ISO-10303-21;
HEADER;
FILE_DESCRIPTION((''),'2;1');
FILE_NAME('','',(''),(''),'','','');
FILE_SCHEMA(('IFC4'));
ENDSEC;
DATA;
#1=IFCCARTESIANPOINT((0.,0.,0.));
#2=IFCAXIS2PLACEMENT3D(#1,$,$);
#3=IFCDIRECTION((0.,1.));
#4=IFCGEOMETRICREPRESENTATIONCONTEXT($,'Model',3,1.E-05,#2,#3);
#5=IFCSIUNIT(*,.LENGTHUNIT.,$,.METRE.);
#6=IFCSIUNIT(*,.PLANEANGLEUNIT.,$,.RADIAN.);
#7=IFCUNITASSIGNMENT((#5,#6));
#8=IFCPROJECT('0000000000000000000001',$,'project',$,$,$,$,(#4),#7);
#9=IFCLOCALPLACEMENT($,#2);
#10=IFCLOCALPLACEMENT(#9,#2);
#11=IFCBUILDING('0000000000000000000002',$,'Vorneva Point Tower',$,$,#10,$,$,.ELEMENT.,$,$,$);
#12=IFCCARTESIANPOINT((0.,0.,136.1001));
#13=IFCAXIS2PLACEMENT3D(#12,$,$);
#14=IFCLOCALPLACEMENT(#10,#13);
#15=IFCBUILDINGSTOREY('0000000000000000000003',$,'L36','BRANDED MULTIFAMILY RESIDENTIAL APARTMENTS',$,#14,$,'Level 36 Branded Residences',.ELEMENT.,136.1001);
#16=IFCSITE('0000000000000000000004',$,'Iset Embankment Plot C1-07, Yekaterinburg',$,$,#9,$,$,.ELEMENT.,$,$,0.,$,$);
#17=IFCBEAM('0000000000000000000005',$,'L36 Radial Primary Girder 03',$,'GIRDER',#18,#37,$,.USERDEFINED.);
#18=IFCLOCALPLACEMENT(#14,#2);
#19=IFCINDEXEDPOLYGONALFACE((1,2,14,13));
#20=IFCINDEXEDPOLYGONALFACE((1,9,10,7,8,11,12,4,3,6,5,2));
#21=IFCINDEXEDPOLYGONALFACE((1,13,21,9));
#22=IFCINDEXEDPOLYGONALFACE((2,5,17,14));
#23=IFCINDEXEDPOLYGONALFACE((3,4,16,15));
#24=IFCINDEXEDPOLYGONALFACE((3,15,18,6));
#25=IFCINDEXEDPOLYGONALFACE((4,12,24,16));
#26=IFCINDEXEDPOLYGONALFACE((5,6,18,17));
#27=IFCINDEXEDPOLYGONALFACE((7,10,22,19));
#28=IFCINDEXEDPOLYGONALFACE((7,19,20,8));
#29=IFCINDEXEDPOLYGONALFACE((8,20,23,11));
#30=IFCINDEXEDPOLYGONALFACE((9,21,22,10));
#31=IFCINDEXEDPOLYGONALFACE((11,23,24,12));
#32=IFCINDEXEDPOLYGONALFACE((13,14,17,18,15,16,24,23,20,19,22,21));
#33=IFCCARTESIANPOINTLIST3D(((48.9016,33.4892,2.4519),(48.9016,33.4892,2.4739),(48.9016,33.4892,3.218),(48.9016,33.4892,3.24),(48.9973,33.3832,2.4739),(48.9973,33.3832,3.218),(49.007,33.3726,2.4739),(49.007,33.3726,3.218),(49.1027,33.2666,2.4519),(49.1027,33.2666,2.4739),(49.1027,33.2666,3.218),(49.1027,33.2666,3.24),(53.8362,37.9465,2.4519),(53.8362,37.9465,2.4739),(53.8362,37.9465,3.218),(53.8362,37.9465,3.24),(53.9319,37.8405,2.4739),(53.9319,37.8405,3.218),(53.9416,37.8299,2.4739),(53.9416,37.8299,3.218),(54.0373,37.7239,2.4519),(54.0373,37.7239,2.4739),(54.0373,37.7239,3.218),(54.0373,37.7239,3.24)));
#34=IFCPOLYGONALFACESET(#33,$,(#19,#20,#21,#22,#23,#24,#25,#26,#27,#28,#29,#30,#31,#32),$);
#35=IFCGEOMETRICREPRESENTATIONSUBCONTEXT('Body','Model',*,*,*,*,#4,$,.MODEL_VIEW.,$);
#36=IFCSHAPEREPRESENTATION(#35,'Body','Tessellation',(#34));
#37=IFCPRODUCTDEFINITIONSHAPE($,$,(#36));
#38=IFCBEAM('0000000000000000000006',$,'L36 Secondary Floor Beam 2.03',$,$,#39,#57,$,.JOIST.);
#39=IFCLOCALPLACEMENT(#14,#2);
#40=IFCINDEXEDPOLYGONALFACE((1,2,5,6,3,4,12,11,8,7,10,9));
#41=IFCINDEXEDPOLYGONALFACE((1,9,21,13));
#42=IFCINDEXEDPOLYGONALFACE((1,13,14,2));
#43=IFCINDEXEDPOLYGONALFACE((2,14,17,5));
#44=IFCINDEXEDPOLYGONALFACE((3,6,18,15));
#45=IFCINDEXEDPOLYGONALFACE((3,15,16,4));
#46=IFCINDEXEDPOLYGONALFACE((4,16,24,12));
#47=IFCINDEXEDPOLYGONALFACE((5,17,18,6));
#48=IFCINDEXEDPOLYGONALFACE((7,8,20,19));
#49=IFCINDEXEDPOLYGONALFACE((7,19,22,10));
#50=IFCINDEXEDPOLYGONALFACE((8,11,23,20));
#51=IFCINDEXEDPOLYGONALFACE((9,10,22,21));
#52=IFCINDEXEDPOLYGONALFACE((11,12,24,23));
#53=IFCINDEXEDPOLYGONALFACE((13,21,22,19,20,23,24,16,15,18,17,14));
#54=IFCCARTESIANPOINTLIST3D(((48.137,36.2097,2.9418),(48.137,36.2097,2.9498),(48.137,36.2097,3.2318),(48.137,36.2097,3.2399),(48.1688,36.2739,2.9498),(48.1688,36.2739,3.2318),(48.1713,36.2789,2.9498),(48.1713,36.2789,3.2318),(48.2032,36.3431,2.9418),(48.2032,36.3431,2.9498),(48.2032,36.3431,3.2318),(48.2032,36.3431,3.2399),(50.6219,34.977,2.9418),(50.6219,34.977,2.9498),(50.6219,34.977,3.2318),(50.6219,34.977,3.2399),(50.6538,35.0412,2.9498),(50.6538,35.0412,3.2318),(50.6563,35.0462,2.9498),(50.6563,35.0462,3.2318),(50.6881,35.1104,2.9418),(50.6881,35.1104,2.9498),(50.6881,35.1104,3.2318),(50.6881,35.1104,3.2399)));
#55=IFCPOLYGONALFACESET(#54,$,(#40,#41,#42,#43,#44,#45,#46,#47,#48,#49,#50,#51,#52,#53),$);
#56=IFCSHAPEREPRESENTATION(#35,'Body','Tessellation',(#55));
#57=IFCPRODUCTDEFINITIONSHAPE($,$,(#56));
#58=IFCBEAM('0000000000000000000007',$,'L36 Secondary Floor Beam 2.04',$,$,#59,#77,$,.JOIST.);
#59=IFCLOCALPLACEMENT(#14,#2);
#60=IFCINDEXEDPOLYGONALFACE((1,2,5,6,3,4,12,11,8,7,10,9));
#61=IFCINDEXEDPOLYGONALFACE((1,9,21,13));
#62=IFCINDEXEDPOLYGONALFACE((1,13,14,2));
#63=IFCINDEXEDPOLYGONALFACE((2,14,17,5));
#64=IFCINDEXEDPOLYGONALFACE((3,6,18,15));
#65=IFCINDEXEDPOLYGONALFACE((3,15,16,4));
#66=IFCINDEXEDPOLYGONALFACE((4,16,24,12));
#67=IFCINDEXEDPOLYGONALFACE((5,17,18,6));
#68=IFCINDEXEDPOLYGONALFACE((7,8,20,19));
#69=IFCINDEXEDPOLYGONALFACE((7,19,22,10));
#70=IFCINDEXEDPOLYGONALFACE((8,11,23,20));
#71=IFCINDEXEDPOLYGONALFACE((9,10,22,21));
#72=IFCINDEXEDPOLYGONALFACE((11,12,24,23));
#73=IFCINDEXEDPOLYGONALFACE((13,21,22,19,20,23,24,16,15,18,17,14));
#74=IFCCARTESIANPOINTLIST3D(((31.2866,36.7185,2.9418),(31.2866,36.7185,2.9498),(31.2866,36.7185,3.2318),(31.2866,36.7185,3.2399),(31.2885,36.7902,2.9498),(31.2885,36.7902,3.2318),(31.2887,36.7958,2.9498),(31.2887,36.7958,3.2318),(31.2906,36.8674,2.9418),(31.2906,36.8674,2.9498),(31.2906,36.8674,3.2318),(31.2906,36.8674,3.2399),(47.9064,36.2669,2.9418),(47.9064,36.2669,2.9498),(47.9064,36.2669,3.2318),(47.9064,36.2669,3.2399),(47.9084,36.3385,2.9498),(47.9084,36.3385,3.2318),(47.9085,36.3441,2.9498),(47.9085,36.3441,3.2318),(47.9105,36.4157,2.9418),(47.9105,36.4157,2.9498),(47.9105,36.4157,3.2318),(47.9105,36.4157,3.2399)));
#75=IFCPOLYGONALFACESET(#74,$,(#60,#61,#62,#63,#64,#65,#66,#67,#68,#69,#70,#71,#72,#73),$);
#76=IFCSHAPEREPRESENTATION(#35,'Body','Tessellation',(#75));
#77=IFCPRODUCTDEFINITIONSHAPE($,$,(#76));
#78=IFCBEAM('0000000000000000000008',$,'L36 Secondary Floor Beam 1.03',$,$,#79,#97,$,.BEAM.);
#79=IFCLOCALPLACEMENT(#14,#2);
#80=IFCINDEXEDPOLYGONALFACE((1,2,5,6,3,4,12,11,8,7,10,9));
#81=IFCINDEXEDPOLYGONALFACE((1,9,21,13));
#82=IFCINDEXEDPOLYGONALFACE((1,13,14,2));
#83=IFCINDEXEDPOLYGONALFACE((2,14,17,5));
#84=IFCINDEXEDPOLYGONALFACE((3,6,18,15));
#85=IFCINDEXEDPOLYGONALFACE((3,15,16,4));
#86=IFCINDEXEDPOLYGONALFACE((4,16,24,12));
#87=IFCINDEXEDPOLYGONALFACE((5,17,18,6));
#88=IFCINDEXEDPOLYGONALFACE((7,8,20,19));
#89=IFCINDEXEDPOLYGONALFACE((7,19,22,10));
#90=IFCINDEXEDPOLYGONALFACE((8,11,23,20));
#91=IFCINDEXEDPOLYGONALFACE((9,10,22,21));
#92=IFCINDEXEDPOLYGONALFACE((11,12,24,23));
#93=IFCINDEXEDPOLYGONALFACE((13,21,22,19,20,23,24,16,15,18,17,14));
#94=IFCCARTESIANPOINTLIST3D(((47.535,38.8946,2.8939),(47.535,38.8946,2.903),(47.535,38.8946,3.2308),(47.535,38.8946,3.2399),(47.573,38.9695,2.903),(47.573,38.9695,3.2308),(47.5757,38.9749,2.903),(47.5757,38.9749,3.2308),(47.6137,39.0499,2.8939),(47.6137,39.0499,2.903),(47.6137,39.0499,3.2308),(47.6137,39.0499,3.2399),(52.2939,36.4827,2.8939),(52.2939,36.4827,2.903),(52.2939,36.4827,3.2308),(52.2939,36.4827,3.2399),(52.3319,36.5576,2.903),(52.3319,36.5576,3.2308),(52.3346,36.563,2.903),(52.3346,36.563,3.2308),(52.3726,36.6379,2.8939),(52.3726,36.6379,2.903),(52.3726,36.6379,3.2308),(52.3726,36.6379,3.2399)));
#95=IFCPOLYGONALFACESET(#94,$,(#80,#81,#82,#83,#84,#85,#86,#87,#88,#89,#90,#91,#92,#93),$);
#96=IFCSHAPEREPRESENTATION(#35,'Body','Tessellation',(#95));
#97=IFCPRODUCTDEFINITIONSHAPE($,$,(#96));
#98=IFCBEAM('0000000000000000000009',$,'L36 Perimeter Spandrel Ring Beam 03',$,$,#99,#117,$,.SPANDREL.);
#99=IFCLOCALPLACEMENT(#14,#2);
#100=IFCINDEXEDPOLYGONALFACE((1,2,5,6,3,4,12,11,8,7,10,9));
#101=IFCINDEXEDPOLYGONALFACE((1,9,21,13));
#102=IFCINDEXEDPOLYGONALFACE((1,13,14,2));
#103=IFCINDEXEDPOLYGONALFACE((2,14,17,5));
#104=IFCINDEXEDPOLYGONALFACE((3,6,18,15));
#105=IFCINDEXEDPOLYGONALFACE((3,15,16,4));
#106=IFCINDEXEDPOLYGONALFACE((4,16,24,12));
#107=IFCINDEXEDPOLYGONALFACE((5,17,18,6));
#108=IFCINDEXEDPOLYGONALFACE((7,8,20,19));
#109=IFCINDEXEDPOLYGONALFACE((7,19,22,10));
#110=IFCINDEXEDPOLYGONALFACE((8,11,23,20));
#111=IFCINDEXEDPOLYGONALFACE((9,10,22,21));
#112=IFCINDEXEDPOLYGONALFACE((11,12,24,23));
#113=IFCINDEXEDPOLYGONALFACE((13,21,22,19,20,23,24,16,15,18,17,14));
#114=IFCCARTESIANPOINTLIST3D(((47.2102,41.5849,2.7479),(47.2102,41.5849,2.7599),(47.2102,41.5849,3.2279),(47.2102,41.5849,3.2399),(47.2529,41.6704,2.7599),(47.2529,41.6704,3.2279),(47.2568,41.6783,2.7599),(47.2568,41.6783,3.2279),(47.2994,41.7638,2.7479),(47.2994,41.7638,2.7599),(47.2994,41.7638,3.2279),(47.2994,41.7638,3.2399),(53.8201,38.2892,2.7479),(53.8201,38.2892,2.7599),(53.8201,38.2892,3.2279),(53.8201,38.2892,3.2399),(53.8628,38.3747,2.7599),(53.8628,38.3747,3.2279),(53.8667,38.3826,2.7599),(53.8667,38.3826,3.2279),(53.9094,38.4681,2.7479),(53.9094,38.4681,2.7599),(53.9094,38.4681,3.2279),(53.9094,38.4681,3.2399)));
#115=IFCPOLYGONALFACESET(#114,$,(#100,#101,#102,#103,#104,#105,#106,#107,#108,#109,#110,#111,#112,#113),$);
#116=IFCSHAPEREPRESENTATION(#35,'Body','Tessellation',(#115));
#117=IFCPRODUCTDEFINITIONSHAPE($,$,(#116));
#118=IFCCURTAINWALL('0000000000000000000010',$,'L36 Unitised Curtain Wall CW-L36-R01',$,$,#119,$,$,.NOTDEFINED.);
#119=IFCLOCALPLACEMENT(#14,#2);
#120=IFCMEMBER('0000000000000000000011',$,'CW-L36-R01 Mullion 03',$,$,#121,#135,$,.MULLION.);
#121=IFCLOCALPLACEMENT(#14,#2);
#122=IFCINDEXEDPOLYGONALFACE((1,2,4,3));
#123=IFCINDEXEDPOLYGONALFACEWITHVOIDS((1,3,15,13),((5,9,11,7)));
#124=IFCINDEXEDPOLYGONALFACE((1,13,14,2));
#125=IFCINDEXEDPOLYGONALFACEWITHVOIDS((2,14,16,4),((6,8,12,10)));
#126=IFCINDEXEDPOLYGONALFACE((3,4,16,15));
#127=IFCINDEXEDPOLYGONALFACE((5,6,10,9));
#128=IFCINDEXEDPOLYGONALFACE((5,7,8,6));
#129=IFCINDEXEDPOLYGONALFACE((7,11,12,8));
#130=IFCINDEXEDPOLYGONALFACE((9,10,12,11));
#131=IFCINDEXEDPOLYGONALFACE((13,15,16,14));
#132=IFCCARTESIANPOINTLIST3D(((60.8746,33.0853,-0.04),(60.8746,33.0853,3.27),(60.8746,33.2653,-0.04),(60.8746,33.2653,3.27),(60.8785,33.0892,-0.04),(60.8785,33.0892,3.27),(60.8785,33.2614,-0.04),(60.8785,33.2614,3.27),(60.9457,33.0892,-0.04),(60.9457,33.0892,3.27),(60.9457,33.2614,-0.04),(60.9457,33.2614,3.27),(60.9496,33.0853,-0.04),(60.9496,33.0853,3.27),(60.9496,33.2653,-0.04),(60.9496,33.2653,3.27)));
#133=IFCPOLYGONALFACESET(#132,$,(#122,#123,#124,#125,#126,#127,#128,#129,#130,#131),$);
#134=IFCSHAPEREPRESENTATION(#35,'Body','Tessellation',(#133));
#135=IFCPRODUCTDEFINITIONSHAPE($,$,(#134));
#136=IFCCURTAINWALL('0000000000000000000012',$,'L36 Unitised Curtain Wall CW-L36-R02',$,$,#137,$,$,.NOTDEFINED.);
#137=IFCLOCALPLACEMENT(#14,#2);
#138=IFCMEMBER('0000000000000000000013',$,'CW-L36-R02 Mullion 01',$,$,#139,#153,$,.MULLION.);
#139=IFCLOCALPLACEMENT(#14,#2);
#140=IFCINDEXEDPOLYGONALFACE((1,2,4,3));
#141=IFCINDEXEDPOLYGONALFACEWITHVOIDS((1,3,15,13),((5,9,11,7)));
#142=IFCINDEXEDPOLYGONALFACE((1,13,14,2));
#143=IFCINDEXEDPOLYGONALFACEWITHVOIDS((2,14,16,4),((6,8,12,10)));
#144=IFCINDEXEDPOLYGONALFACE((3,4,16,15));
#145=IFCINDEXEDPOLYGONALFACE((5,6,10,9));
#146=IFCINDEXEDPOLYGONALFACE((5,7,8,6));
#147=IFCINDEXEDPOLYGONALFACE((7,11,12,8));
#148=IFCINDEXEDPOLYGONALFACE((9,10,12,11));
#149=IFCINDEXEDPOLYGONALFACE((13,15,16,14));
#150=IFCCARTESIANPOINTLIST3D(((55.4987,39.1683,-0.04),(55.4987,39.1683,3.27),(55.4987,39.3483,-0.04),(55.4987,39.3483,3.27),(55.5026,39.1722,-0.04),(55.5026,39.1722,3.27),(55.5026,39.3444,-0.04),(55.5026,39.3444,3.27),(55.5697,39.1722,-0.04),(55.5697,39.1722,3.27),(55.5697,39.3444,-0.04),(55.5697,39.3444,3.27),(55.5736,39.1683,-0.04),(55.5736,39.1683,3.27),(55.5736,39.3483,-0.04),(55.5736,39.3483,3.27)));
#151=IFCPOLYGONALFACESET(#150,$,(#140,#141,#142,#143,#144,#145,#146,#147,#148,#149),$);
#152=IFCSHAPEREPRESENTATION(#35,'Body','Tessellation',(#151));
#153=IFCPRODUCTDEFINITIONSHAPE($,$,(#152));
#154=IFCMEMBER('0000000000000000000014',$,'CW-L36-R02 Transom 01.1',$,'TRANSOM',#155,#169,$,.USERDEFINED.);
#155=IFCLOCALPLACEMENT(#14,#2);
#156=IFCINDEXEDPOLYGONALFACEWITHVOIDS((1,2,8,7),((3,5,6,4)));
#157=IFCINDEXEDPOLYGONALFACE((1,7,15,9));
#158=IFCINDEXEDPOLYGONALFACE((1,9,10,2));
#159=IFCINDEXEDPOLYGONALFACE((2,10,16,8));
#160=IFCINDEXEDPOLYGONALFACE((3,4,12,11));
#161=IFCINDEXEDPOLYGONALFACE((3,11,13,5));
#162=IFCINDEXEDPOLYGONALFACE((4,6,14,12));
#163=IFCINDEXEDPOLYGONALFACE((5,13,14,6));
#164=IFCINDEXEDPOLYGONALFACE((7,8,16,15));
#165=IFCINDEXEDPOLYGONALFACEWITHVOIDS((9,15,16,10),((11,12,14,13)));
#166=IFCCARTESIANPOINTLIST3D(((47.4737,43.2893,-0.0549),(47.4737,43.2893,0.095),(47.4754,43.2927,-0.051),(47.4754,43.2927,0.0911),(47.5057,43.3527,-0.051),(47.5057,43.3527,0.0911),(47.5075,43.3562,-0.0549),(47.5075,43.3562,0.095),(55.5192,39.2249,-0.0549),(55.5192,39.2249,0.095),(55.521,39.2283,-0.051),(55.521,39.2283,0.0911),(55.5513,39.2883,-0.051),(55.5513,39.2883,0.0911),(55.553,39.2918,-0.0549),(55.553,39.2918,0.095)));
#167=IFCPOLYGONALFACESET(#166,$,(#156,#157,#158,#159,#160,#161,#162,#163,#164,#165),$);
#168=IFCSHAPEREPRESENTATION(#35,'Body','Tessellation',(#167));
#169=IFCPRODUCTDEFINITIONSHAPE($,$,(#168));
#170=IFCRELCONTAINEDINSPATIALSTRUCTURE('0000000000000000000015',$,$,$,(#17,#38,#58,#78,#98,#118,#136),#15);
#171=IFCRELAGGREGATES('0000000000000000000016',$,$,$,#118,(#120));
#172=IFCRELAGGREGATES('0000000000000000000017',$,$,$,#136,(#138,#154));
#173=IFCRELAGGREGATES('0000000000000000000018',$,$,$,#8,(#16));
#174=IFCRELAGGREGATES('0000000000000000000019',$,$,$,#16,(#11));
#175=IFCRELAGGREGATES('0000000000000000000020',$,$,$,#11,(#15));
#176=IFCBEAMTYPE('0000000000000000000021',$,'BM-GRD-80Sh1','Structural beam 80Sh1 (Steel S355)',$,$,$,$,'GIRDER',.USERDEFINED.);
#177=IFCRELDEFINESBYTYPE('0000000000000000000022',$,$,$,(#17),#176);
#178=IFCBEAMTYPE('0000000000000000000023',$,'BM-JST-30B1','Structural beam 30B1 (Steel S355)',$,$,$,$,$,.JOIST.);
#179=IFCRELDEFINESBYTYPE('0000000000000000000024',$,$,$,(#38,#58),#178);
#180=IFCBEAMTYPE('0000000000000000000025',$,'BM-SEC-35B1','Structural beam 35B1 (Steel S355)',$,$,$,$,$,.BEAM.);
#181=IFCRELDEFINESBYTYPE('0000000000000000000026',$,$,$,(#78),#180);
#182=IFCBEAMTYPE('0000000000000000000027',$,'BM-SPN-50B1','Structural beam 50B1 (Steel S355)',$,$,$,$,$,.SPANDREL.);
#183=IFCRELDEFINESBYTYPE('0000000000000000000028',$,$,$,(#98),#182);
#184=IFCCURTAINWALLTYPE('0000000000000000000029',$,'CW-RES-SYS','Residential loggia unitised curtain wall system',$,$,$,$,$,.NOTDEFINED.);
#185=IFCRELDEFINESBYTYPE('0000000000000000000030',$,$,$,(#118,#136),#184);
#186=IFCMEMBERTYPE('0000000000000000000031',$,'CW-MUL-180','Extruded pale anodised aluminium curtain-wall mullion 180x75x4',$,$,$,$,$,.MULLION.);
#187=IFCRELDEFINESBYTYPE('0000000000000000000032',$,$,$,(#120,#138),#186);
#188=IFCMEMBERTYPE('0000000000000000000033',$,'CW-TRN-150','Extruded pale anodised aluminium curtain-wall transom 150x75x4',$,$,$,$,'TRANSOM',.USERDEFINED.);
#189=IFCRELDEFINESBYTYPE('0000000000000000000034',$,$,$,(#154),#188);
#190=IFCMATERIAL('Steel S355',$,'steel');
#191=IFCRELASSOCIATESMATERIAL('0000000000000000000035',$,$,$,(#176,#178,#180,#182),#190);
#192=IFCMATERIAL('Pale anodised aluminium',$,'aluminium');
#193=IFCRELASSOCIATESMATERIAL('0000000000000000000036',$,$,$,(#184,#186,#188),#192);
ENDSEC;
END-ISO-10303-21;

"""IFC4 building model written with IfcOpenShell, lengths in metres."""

from ifc_helpers import new_model, si_unit, direction, frame, origin, origin_2d, place, context, subcontext, project, spatial, hollow_rectangle, i_section, extrude, material, material_profile, profile_set, type_object, element, aggregate, save


model = new_model("IFC4")

# Units and contexts
model_context = context("Model", 3, precision=1e-05, world=origin(), true_north=direction((0.0, 1.0)))
body_context = subcontext(model_context, "Body", "Model", "MODEL_VIEW")
ifc_project = project(units=[si_unit("LENGTHUNIT", "METRE"), si_unit("PLANEANGLEUNIT", "RADIAN")], contexts=[model_context])

# Site, building, storey
site_placement = place(None, origin())
site = spatial("IfcSite", under=ifc_project, at=site_placement, Name="Iset Embankment Plot C1-07, Yekaterinburg", CompositionType="ELEMENT", RefElevation=0.0)
building_placement = place(site_placement, origin())
building = spatial("IfcBuilding", under=site, at=building_placement, Name="Vorneva Point Tower", CompositionType="ELEMENT")
storey_placement = place(building_placement, frame((0.0, 0.0, 136.1001)))
storey = spatial("IfcBuildingStorey", under=building, at=storey_placement, Name="L36", Description="BRANDED MULTIFAMILY RESIDENTIAL APARTMENTS", LongName="Level 36 Branded Residences", CompositionType="ELEMENT", Elevation=136.1001)

# Beams
ifc_material_1 = material(Name="Steel S355", Category="steel")
ifc_material_profile_1 = material_profile(ifc_material_1, i_section(OverallWidth=0.3, OverallDepth=0.7881, WebThickness=0.0144, FlangeThickness=0.022, at=origin_2d()), Name="80Sh1")
ifc_profile_set_1 = profile_set([ifc_material_profile_1], Name="Steel S355")
beam_type_1 = type_object("IfcBeamType", Name="BM-GRD-80Sh1", Description="Structural beam 80Sh1 (Steel S355)", ElementType="GIRDER", PredefinedType="USERDEFINED", material=ifc_profile_set_1)
beam_1_placement = place(storey_placement, frame((53.9368, 37.8352, 2.8459), z_axis=(-0.742084, -0.670306, 0.0), x_axis=(0.670306, -0.742084, 0.0)))
element("IfcBeam", 1, at=beam_1_placement, inside=storey, type_object=beam_type_1, Name="L36 Radial Primary Girder 03", ObjectType="GIRDER", PredefinedType="USERDEFINED", context=body_context, shape_type="SweptSolid", body=[
    extrude(i_section(OverallWidth=0.3, OverallDepth=0.7881, WebThickness=0.0144, FlangeThickness=0.022, at=origin_2d()), origin(), (0.0, 0.0, 1.0), 6.6497),
])
ifc_material_profile_2 = material_profile(ifc_material_1, i_section(OverallWidth=0.1489, OverallDepth=0.2981, WebThickness=0.0056, FlangeThickness=0.0081, at=origin_2d()), Name="30B1")
ifc_profile_set_2 = profile_set([ifc_material_profile_2], Name="Steel S355")
beam_type_2 = type_object("IfcBeamType", Name="BM-JST-30B1", Description="Structural beam 30B1 (Steel S355)", PredefinedType="JOIST", material=ifc_profile_set_2)
beam_2_placement = place(storey_placement, frame((50.655, 35.0437, 3.0908), z_axis=(-0.895831, 0.444395, 0.0), x_axis=(-0.444395, -0.895831, 0.0)))
element("IfcBeam", 2, at=beam_2_placement, inside=storey, type_object=beam_type_2, Name="L36 Secondary Floor Beam 2.03", PredefinedType="JOIST", context=body_context, shape_type="SweptSolid", body=[
    extrude(i_section(OverallWidth=0.1489, OverallDepth=0.2981, WebThickness=0.0056, FlangeThickness=0.0081, at=origin_2d()), origin(), (0.0, 0.0, 1.0), 2.7739),
])
beam_3_placement = place(storey_placement, frame((47.9084, 36.3413, 3.0908), z_axis=(-0.999631, 0.027166, 0.0), x_axis=(-0.027166, -0.999631, 0.0)))
element("IfcBeam", 3, at=beam_3_placement, inside=storey, type_object=beam_type_2, Name="L36 Secondary Floor Beam 2.04", PredefinedType="JOIST", context=body_context, shape_type="SweptSolid", body=[
    extrude(i_section(OverallWidth=0.1489, OverallDepth=0.2981, WebThickness=0.0056, FlangeThickness=0.0081, at=origin_2d()), origin(), (0.0, 0.0, 1.0), 16.626),
])
ifc_material_profile_3 = material_profile(ifc_material_1, i_section(OverallWidth=0.1741, OverallDepth=0.3459, WebThickness=0.0061, FlangeThickness=0.009, at=origin_2d()), Name="35B1")
ifc_profile_set_3 = profile_set([ifc_material_profile_3], Name="Steel S355")
beam_type_3 = type_object("IfcBeamType", Name="BM-SEC-35B1", Description="Structural beam 35B1 (Steel S355)", PredefinedType="BEAM", material=ifc_profile_set_3)
beam_4_placement = place(storey_placement, frame((52.3333, 36.5603, 3.0669), z_axis=(-0.891979, 0.452076, 0.0), x_axis=(-0.452076, -0.891979, 0.0)))
element("IfcBeam", 4, at=beam_4_placement, inside=storey, type_object=beam_type_3, Name="L36 Secondary Floor Beam 1.03", PredefinedType="BEAM", context=body_context, shape_type="SweptSolid", body=[
    extrude(i_section(OverallWidth=0.1741, OverallDepth=0.3459, WebThickness=0.0061, FlangeThickness=0.009, at=origin_2d()), origin(), (0.0, 0.0, 1.0), 5.3352),
])
ifc_material_profile_4 = material_profile(ifc_material_1, i_section(OverallWidth=0.2, OverallDepth=0.4919, WebThickness=0.0088, FlangeThickness=0.012, at=origin_2d()), Name="50B1")
ifc_profile_set_4 = profile_set([ifc_material_profile_4], Name="Steel S355")
beam_type_4 = type_object("IfcBeamType", Name="BM-SPN-50B1", Description="Structural beam 50B1 (Steel S355)", PredefinedType="SPANDREL", material=ifc_profile_set_4)
beam_5_placement = place(storey_placement, frame((53.8647, 38.3787, 2.9939), z_axis=(-0.894929, 0.446208, 0.0), x_axis=(-0.446208, -0.894929, 0.0)))
element("IfcBeam", 5, at=beam_5_placement, inside=storey, type_object=beam_type_4, Name="L36 Perimeter Spandrel Ring Beam 03", PredefinedType="SPANDREL", context=body_context, shape_type="SweptSolid", body=[
    extrude(i_section(OverallWidth=0.2, OverallDepth=0.4919, WebThickness=0.0088, FlangeThickness=0.012, at=origin_2d()), origin(), (0.0, 0.0, 1.0), 7.386),
])

# Curtain wall, member
ifc_material_2 = material(Name="Pale anodised aluminium", Category="aluminium")
curtain_wall_type = type_object("IfcCurtainWallType", Name="CW-RES-SYS", Description="Residential loggia unitised curtain wall system", PredefinedType="NOTDEFINED", material=ifc_material_2)
curtain_wall_1_placement = place(storey_placement, origin())
curtain_wall_1 = element("IfcCurtainWall", 6, at=curtain_wall_1_placement, inside=storey, type_object=curtain_wall_type, Name="L36 Unitised Curtain Wall CW-L36-R01", PredefinedType="NOTDEFINED")
ifc_material_profile_5 = material_profile(ifc_material_2, hollow_rectangle(XDim=0.075, YDim=0.1799, WallThickness=0.0039, at=origin_2d()), Name="AL-MUL 180x75x4")
ifc_profile_set_5 = profile_set([ifc_material_profile_5], Name="Pale anodised aluminium")
member_type_1 = type_object("IfcMemberType", Name="CW-MUL-180", Description="Extruded pale anodised aluminium curtain-wall mullion 180x75x4", PredefinedType="MULLION", material=ifc_profile_set_5)
member_1_placement = place(storey_placement, frame((60.9121, 33.1753, -0.04), z_axis=(0.0, 0.0, 1.0), x_axis=(1.0, 0.0, 0.0)))
member_1 = element("IfcMember", 7, at=member_1_placement, type_object=member_type_1, Name="CW-L36-R01 Mullion 03", PredefinedType="MULLION", context=body_context, shape_type="SweptSolid", body=[
    extrude(hollow_rectangle(XDim=0.075, YDim=0.1799, WallThickness=0.0039, at=origin_2d()), origin(), (0.0, 0.0, 1.0), 3.3101),
])
aggregate(curtain_wall_1, [member_1])

# Curtain wall, members
curtain_wall_2_placement = place(storey_placement, origin())
curtain_wall_2 = element("IfcCurtainWall", 8, at=curtain_wall_2_placement, inside=storey, type_object=curtain_wall_type, Name="L36 Unitised Curtain Wall CW-L36-R02", PredefinedType="NOTDEFINED")
member_2_placement = place(storey_placement, frame((55.5361, 39.2583, -0.04), z_axis=(0.0, 0.0, 1.0), x_axis=(1.0, 0.0, 0.0)))
member_2 = element("IfcMember", 9, at=member_2_placement, type_object=member_type_1, Name="CW-L36-R02 Mullion 01", PredefinedType="MULLION", context=body_context, shape_type="SweptSolid", body=[
    extrude(hollow_rectangle(XDim=0.075, YDim=0.1799, WallThickness=0.0039, at=origin_2d()), origin(), (0.0, 0.0, 1.0), 3.3101),
])
ifc_material_profile_6 = material_profile(ifc_material_2, hollow_rectangle(XDim=0.075, YDim=0.1499, WallThickness=0.0039, at=origin_2d()), Name="AL-TRN 150x75x4")
ifc_profile_set_6 = profile_set([ifc_material_profile_6], Name="Pale anodised aluminium")
member_type_2 = type_object("IfcMemberType", Name="CW-TRN-150", Description="Extruded pale anodised aluminium curtain-wall transom 150x75x4", ElementType="TRANSOM", PredefinedType="USERDEFINED", material=ifc_profile_set_6)
member_3_placement = place(storey_placement, frame((55.5361, 39.2583, 0.02), z_axis=(-0.892572, 0.450904, 0.0), x_axis=(-0.450904, -0.892572, 0.0)))
member_3 = element("IfcMember", 10, at=member_3_placement, type_object=member_type_2, Name="CW-L36-R02 Transom 01.1", ObjectType="TRANSOM", PredefinedType="USERDEFINED", context=body_context, shape_type="SweptSolid", body=[
    extrude(hollow_rectangle(XDim=0.075, YDim=0.1499, WallThickness=0.0039, at=origin_2d()), origin(), (0.0, 0.0, 1.0), 9.0139),
])
aggregate(curtain_wall_2, [member_2, member_3])

save(model, "model.ifc")
